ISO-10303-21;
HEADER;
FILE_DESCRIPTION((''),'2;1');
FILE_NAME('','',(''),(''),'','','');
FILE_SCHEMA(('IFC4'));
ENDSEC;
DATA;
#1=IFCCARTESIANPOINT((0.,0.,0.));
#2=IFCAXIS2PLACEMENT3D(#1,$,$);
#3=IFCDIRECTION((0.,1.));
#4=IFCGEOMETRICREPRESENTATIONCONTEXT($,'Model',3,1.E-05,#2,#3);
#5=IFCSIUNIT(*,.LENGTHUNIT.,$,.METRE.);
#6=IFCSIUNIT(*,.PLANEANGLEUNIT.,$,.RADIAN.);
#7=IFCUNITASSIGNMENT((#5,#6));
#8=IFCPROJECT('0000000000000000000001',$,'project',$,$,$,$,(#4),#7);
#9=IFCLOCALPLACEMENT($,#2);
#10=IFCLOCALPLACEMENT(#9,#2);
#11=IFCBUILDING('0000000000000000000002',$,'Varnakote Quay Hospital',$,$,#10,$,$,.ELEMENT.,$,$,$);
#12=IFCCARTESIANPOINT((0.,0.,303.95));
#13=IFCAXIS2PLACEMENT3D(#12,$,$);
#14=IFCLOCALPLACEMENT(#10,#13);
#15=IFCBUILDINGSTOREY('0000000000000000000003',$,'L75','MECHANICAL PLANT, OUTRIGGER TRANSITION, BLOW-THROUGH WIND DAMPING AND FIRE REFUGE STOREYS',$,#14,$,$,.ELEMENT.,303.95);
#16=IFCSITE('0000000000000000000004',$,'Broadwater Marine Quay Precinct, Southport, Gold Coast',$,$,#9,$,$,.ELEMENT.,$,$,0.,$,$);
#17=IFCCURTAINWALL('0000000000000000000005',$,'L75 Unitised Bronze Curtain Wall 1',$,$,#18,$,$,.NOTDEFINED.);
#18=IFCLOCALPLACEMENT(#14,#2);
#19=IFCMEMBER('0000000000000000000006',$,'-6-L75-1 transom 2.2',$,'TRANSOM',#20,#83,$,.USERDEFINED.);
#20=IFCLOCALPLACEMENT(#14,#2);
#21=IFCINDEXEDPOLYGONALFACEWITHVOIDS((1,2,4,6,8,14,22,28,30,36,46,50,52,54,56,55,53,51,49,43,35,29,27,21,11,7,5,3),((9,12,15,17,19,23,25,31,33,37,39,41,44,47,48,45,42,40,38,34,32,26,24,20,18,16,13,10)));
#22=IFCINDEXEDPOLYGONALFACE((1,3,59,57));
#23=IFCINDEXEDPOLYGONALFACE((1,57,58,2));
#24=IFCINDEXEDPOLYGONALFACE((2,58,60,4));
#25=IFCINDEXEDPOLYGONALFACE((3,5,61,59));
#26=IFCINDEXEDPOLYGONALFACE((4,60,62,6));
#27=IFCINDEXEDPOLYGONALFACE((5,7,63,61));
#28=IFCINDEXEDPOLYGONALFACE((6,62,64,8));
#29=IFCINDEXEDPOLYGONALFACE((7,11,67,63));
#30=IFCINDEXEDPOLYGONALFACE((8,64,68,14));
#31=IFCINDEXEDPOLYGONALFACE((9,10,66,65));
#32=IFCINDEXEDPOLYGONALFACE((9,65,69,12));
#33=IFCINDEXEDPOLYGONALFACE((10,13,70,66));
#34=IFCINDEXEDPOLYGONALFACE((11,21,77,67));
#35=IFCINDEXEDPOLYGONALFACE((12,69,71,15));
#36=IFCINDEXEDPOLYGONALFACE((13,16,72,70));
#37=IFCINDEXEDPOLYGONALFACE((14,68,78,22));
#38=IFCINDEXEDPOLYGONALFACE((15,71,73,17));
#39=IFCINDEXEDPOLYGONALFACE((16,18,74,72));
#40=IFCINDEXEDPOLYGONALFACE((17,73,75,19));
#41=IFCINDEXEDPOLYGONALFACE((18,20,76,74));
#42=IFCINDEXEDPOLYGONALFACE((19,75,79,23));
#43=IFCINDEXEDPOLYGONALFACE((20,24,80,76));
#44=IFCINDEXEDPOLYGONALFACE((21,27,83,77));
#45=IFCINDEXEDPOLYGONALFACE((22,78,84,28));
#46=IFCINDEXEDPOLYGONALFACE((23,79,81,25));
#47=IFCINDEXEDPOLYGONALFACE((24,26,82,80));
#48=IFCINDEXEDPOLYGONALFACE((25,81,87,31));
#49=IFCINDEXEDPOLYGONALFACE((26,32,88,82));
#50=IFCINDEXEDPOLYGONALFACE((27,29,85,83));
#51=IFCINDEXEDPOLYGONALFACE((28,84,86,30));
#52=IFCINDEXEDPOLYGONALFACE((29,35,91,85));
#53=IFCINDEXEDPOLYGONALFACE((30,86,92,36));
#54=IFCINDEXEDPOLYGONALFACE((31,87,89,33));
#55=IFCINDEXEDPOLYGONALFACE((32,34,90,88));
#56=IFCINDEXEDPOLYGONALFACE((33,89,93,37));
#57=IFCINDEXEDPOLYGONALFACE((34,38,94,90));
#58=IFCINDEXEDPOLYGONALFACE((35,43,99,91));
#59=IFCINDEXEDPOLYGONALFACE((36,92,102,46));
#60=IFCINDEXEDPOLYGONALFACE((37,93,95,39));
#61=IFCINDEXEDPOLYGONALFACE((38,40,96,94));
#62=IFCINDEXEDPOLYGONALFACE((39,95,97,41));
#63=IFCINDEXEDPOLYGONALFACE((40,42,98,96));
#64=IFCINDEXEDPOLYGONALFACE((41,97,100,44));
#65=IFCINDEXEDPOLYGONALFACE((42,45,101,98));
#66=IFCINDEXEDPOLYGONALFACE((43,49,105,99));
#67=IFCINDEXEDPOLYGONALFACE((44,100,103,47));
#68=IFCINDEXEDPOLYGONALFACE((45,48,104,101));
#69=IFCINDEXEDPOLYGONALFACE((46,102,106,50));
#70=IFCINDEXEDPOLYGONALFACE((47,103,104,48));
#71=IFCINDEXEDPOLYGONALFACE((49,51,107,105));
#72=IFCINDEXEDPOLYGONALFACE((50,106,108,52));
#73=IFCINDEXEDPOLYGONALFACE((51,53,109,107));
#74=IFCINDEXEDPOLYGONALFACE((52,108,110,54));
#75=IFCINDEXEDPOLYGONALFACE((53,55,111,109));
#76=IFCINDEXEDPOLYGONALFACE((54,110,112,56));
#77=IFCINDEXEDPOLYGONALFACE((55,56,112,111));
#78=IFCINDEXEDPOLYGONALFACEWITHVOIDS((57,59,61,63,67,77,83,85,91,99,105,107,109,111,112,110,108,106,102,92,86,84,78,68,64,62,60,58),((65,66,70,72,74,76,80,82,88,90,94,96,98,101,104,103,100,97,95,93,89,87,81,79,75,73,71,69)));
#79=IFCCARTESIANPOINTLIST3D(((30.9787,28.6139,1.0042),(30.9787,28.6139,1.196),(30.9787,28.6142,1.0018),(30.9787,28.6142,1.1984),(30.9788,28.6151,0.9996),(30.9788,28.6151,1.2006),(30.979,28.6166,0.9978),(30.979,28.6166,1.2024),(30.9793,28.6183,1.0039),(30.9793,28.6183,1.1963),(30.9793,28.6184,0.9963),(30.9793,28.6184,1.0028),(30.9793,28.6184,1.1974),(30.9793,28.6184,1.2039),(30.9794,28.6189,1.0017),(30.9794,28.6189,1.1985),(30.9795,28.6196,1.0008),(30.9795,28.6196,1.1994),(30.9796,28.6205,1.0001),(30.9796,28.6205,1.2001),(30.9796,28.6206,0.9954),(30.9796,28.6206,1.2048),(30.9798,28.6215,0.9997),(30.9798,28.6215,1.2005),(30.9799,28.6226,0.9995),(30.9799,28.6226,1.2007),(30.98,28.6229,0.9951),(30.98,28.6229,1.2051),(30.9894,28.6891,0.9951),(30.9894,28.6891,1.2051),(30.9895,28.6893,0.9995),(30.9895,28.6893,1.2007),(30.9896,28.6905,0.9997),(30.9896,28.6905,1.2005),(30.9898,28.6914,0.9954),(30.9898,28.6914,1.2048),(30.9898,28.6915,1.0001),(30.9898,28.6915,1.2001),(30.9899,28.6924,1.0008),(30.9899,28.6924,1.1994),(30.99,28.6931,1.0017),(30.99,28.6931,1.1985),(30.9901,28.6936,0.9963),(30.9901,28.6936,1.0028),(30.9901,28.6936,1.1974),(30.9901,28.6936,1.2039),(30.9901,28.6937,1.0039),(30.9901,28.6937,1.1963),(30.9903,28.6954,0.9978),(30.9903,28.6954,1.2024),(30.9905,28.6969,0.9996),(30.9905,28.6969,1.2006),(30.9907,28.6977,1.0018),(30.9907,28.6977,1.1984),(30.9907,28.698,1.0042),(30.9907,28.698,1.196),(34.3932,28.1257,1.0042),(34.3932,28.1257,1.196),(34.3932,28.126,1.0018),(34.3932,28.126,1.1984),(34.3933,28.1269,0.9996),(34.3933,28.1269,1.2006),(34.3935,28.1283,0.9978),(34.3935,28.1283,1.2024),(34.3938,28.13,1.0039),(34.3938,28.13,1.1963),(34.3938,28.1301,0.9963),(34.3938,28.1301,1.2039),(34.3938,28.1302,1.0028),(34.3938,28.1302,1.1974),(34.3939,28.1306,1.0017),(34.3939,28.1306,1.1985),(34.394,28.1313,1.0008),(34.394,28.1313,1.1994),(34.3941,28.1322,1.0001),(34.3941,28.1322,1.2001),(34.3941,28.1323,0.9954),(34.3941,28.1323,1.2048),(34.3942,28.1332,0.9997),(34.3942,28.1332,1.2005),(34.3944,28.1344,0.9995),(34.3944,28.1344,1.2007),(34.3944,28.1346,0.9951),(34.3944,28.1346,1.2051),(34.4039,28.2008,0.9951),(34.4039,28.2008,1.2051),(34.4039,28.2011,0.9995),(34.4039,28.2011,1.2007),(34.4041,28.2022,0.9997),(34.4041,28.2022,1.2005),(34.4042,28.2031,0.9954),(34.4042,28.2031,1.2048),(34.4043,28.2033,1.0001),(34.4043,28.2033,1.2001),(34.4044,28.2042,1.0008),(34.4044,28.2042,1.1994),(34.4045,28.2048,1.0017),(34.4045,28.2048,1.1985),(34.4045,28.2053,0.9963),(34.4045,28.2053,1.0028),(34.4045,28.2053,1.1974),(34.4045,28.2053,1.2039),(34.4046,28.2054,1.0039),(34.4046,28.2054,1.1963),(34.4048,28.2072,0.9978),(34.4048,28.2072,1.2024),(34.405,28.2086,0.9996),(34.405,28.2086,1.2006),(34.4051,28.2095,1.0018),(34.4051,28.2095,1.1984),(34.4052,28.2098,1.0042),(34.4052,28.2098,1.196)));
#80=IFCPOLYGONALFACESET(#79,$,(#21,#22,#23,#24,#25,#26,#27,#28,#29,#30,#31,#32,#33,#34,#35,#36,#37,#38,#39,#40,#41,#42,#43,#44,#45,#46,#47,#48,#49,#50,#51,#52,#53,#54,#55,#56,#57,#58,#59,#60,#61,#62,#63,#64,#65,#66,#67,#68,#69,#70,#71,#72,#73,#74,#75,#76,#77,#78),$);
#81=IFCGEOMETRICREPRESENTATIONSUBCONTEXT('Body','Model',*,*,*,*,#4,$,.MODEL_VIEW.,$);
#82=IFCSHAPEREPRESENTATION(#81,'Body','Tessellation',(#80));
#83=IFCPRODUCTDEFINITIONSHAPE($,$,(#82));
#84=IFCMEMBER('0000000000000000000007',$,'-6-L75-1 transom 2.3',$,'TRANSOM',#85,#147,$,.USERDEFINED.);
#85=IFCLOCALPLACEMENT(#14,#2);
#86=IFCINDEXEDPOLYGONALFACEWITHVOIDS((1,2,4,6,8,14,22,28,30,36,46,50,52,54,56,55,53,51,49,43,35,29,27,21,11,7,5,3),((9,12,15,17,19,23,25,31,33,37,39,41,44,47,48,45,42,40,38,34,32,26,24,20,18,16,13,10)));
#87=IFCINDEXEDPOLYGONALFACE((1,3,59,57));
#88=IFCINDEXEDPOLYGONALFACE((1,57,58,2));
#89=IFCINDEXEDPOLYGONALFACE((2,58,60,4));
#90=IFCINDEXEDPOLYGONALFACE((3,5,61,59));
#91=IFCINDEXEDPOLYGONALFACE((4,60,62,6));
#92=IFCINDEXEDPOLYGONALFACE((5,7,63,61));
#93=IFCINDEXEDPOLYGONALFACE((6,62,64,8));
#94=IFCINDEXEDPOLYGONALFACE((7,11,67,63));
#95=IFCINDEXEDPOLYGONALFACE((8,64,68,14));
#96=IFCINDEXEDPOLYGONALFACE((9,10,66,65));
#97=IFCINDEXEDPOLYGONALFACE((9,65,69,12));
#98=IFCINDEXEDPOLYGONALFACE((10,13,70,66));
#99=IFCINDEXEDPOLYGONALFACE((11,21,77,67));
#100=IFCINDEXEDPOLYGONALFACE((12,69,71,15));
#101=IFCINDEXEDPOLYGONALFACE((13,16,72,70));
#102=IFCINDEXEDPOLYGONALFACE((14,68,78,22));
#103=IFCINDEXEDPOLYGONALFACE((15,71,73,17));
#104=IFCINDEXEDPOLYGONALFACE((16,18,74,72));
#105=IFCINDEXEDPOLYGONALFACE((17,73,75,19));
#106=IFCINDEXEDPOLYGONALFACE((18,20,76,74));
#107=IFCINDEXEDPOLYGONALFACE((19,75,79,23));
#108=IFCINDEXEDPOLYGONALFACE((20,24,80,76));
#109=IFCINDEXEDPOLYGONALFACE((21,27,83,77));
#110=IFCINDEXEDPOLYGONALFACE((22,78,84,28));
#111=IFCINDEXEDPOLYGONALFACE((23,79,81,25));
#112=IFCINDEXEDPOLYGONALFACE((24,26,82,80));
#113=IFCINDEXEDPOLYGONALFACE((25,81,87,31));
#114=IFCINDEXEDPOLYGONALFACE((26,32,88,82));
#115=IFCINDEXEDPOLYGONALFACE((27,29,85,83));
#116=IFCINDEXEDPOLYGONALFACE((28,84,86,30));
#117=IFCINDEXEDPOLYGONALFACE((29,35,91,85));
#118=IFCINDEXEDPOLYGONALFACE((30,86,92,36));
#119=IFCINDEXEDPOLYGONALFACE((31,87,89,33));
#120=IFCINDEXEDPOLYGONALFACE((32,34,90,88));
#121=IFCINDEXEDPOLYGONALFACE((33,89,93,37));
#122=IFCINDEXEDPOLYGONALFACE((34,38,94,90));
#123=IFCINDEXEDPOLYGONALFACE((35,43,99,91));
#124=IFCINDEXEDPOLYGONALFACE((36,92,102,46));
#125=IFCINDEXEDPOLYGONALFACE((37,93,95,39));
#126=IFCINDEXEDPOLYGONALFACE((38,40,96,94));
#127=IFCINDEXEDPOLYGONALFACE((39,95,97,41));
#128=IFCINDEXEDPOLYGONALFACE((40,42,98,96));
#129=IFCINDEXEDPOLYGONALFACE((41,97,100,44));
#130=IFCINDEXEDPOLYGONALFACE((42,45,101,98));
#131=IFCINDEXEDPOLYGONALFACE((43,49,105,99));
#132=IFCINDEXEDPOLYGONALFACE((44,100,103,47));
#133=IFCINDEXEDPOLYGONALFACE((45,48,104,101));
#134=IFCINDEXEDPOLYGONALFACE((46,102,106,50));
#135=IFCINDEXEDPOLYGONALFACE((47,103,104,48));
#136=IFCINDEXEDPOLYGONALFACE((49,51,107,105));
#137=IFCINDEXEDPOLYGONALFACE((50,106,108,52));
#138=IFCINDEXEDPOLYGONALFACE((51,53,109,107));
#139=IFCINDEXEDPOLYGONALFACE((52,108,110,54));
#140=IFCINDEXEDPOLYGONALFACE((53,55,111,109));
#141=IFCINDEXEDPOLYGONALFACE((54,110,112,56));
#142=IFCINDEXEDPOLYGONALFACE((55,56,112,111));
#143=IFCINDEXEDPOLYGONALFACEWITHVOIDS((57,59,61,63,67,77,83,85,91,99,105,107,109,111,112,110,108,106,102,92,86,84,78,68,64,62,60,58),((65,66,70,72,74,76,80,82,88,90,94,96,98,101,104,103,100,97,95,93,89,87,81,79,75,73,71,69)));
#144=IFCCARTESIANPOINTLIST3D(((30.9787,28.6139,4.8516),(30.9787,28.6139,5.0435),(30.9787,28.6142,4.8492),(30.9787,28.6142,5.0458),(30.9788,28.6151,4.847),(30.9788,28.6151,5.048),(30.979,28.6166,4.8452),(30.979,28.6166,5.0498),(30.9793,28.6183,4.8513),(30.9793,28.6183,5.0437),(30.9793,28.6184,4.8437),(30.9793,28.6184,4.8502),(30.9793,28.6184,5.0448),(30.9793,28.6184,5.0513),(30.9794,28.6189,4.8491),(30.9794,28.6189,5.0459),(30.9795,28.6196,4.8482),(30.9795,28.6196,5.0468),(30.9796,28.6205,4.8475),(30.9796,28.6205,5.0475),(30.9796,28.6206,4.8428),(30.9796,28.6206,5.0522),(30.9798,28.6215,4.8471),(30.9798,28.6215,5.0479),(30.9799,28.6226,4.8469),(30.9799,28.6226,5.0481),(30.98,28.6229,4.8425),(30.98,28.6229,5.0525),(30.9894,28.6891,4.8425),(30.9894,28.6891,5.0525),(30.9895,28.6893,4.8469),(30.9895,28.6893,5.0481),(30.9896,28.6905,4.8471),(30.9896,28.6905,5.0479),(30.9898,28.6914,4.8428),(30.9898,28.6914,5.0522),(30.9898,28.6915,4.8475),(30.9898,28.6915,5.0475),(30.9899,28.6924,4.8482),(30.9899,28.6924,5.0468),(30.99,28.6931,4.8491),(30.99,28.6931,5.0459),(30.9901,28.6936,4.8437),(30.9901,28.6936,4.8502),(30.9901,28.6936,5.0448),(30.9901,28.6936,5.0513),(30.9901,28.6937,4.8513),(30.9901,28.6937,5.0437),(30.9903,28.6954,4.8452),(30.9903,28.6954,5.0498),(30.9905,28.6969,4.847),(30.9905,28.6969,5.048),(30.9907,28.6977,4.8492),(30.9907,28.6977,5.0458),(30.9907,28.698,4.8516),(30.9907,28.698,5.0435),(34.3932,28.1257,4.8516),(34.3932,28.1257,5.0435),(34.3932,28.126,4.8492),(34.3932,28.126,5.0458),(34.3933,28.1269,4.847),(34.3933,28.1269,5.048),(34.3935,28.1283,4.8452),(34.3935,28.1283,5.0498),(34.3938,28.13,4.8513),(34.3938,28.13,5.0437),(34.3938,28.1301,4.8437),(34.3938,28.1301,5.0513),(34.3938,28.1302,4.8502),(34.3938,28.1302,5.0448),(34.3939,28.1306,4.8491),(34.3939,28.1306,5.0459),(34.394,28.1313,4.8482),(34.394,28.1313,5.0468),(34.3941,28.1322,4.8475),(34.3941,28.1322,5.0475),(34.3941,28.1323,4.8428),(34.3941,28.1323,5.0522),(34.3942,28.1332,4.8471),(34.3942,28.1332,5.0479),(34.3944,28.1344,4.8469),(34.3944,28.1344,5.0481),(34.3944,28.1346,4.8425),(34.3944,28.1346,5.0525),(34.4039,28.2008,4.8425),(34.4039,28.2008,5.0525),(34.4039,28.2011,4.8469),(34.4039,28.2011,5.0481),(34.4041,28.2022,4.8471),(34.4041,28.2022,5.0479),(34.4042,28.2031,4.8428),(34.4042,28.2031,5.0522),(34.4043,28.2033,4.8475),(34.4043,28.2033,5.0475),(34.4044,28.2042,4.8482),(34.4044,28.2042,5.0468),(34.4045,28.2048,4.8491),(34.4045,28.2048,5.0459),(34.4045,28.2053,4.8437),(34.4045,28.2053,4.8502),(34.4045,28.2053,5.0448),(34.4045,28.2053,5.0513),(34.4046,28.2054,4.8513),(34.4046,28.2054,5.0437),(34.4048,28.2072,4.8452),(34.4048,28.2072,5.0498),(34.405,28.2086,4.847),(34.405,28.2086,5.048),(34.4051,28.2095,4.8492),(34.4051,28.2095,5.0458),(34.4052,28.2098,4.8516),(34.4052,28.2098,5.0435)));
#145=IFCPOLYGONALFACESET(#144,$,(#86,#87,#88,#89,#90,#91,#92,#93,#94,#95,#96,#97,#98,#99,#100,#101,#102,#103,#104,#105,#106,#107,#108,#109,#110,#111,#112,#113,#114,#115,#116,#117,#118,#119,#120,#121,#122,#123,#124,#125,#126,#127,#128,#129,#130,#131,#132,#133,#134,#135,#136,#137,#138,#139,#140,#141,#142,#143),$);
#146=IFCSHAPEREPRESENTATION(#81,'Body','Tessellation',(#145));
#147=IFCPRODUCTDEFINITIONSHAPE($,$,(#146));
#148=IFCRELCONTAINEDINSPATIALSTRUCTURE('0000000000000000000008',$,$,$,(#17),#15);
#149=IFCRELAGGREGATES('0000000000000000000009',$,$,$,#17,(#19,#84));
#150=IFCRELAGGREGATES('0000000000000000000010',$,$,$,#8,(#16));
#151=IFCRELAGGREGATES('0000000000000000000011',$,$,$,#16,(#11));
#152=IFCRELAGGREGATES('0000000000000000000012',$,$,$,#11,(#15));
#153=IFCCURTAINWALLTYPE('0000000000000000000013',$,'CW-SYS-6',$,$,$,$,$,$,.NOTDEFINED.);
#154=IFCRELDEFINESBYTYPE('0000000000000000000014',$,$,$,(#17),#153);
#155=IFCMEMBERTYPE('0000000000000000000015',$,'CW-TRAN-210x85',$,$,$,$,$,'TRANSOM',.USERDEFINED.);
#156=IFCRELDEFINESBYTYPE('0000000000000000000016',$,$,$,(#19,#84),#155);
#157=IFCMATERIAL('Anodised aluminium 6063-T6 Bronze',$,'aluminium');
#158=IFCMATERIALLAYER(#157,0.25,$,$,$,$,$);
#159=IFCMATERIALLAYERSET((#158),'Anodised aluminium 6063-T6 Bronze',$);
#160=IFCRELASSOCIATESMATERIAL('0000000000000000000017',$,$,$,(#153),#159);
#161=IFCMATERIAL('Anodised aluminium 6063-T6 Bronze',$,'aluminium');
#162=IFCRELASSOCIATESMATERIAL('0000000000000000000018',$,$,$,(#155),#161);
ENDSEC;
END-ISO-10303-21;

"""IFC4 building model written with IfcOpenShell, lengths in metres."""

from ifc_helpers import new_model, si_unit, direction, frame, origin, origin_2d, place, context, subcontext, project, spatial, hollow_rectangle, extrude, material, layer, layer_set, material_profile, profile_set, type_object, element, aggregate, save


model = new_model("IFC4")

# Units and contexts
model_context = context("Model", 3, precision=1e-05, world=origin(), true_north=direction((0.0, 1.0)))
body_context = subcontext(model_context, "Body", "Model", "MODEL_VIEW")
ifc_project = project(units=[si_unit("LENGTHUNIT", "METRE"), si_unit("PLANEANGLEUNIT", "RADIAN")], contexts=[model_context])

# Site, building, storey
site_placement = place(None, origin())
site = spatial("IfcSite", under=ifc_project, at=site_placement, Name="Broadwater Marine Quay Precinct, Southport, Gold Coast", CompositionType="ELEMENT", RefElevation=0.0)
building_placement = place(site_placement, origin())
building = spatial("IfcBuilding", under=site, at=building_placement, Name="Varnakote Quay Hospital", CompositionType="ELEMENT")
storey_placement = place(building_placement, frame((0.0, 0.0, 303.95)))
storey = spatial("IfcBuildingStorey", under=building, at=storey_placement, Name="L75", Description="MECHANICAL PLANT, OUTRIGGER TRANSITION, BLOW-THROUGH WIND DAMPING AND FIRE REFUGE STOREYS", CompositionType="ELEMENT", Elevation=303.95)

# Curtain wall
ifc_material_1 = material(Name="Anodised aluminium 6063-T6 Bronze", Category="aluminium")
ifc_layer_1 = layer(ifc_material_1, 0.25)
ifc_layer_set_1 = layer_set([ifc_layer_1], Name="Anodised aluminium 6063-T6 Bronze")
curtain_wall_type = type_object("IfcCurtainWallType", Name="CW-SYS-6", PredefinedType="NOTDEFINED", material=ifc_layer_set_1)
curtain_wall_1_placement = place(storey_placement, origin())
curtain_wall_1 = element("IfcCurtainWall", 1, at=curtain_wall_1_placement, inside=storey, type_object=curtain_wall_type, Name="L75 Unitised Bronze Curtain Wall 1", PredefinedType="NOTDEFINED")

# Members
ifc_material_2 = material(Name="Anodised aluminium 6063-T6 Bronze", Category="aluminium")
ifc_material_profile_1 = material_profile(ifc_material_2, hollow_rectangle(XDim=0.085, YDim=0.21, WallThickness=0.0044, InnerFilletRadius=0.0044, OuterFilletRadius=0.009, at=origin_2d()), Name="CW-TRAN-210x85")
ifc_profile_set_1 = profile_set([ifc_material_profile_1], Name="Anodised aluminium 6063-T6 Bronze")
member_type_1 = type_object("IfcMemberType", Name="CW-TRAN-210x85", ElementType="TRANSOM", PredefinedType="USERDEFINED", material=ifc_profile_set_1)
member_1_placement = place(storey_placement, frame((34.3992, 28.1677, 1.1001), z_axis=(-0.98993, 0.14156, 0.0), x_axis=(-0.14156, -0.98993, 0.0)))
member_1 = element("IfcMember", 2, at=member_1_placement, type_object=member_type_1, Name="-6-L75-1 transom 2.2", ObjectType="TRANSOM", PredefinedType="USERDEFINED", context=body_context, shape_type="SweptSolid", body=[
    extrude(hollow_rectangle(XDim=0.085, YDim=0.21, WallThickness=0.0044, InnerFilletRadius=0.0044, OuterFilletRadius=0.009, at=origin_2d()), origin(), (0.0, 0.0, 1.0), 3.4492),
])
member_2_placement = place(storey_placement, frame((34.3992, 28.1677, 4.9475), z_axis=(-0.98993, 0.14156, 0.0), x_axis=(-0.14156, -0.98993, 0.0)))
member_2 = element("IfcMember", 3, at=member_2_placement, type_object=member_type_1, Name="-6-L75-1 transom 2.3", ObjectType="TRANSOM", PredefinedType="USERDEFINED", context=body_context, shape_type="SweptSolid", body=[
    extrude(hollow_rectangle(XDim=0.085, YDim=0.21, WallThickness=0.0044, InnerFilletRadius=0.0044, OuterFilletRadius=0.009, at=origin_2d()), origin(), (0.0, 0.0, 1.0), 3.4492),
])

aggregate(curtain_wall_1, [member_1, member_2])

save(model, "model.ifc")
